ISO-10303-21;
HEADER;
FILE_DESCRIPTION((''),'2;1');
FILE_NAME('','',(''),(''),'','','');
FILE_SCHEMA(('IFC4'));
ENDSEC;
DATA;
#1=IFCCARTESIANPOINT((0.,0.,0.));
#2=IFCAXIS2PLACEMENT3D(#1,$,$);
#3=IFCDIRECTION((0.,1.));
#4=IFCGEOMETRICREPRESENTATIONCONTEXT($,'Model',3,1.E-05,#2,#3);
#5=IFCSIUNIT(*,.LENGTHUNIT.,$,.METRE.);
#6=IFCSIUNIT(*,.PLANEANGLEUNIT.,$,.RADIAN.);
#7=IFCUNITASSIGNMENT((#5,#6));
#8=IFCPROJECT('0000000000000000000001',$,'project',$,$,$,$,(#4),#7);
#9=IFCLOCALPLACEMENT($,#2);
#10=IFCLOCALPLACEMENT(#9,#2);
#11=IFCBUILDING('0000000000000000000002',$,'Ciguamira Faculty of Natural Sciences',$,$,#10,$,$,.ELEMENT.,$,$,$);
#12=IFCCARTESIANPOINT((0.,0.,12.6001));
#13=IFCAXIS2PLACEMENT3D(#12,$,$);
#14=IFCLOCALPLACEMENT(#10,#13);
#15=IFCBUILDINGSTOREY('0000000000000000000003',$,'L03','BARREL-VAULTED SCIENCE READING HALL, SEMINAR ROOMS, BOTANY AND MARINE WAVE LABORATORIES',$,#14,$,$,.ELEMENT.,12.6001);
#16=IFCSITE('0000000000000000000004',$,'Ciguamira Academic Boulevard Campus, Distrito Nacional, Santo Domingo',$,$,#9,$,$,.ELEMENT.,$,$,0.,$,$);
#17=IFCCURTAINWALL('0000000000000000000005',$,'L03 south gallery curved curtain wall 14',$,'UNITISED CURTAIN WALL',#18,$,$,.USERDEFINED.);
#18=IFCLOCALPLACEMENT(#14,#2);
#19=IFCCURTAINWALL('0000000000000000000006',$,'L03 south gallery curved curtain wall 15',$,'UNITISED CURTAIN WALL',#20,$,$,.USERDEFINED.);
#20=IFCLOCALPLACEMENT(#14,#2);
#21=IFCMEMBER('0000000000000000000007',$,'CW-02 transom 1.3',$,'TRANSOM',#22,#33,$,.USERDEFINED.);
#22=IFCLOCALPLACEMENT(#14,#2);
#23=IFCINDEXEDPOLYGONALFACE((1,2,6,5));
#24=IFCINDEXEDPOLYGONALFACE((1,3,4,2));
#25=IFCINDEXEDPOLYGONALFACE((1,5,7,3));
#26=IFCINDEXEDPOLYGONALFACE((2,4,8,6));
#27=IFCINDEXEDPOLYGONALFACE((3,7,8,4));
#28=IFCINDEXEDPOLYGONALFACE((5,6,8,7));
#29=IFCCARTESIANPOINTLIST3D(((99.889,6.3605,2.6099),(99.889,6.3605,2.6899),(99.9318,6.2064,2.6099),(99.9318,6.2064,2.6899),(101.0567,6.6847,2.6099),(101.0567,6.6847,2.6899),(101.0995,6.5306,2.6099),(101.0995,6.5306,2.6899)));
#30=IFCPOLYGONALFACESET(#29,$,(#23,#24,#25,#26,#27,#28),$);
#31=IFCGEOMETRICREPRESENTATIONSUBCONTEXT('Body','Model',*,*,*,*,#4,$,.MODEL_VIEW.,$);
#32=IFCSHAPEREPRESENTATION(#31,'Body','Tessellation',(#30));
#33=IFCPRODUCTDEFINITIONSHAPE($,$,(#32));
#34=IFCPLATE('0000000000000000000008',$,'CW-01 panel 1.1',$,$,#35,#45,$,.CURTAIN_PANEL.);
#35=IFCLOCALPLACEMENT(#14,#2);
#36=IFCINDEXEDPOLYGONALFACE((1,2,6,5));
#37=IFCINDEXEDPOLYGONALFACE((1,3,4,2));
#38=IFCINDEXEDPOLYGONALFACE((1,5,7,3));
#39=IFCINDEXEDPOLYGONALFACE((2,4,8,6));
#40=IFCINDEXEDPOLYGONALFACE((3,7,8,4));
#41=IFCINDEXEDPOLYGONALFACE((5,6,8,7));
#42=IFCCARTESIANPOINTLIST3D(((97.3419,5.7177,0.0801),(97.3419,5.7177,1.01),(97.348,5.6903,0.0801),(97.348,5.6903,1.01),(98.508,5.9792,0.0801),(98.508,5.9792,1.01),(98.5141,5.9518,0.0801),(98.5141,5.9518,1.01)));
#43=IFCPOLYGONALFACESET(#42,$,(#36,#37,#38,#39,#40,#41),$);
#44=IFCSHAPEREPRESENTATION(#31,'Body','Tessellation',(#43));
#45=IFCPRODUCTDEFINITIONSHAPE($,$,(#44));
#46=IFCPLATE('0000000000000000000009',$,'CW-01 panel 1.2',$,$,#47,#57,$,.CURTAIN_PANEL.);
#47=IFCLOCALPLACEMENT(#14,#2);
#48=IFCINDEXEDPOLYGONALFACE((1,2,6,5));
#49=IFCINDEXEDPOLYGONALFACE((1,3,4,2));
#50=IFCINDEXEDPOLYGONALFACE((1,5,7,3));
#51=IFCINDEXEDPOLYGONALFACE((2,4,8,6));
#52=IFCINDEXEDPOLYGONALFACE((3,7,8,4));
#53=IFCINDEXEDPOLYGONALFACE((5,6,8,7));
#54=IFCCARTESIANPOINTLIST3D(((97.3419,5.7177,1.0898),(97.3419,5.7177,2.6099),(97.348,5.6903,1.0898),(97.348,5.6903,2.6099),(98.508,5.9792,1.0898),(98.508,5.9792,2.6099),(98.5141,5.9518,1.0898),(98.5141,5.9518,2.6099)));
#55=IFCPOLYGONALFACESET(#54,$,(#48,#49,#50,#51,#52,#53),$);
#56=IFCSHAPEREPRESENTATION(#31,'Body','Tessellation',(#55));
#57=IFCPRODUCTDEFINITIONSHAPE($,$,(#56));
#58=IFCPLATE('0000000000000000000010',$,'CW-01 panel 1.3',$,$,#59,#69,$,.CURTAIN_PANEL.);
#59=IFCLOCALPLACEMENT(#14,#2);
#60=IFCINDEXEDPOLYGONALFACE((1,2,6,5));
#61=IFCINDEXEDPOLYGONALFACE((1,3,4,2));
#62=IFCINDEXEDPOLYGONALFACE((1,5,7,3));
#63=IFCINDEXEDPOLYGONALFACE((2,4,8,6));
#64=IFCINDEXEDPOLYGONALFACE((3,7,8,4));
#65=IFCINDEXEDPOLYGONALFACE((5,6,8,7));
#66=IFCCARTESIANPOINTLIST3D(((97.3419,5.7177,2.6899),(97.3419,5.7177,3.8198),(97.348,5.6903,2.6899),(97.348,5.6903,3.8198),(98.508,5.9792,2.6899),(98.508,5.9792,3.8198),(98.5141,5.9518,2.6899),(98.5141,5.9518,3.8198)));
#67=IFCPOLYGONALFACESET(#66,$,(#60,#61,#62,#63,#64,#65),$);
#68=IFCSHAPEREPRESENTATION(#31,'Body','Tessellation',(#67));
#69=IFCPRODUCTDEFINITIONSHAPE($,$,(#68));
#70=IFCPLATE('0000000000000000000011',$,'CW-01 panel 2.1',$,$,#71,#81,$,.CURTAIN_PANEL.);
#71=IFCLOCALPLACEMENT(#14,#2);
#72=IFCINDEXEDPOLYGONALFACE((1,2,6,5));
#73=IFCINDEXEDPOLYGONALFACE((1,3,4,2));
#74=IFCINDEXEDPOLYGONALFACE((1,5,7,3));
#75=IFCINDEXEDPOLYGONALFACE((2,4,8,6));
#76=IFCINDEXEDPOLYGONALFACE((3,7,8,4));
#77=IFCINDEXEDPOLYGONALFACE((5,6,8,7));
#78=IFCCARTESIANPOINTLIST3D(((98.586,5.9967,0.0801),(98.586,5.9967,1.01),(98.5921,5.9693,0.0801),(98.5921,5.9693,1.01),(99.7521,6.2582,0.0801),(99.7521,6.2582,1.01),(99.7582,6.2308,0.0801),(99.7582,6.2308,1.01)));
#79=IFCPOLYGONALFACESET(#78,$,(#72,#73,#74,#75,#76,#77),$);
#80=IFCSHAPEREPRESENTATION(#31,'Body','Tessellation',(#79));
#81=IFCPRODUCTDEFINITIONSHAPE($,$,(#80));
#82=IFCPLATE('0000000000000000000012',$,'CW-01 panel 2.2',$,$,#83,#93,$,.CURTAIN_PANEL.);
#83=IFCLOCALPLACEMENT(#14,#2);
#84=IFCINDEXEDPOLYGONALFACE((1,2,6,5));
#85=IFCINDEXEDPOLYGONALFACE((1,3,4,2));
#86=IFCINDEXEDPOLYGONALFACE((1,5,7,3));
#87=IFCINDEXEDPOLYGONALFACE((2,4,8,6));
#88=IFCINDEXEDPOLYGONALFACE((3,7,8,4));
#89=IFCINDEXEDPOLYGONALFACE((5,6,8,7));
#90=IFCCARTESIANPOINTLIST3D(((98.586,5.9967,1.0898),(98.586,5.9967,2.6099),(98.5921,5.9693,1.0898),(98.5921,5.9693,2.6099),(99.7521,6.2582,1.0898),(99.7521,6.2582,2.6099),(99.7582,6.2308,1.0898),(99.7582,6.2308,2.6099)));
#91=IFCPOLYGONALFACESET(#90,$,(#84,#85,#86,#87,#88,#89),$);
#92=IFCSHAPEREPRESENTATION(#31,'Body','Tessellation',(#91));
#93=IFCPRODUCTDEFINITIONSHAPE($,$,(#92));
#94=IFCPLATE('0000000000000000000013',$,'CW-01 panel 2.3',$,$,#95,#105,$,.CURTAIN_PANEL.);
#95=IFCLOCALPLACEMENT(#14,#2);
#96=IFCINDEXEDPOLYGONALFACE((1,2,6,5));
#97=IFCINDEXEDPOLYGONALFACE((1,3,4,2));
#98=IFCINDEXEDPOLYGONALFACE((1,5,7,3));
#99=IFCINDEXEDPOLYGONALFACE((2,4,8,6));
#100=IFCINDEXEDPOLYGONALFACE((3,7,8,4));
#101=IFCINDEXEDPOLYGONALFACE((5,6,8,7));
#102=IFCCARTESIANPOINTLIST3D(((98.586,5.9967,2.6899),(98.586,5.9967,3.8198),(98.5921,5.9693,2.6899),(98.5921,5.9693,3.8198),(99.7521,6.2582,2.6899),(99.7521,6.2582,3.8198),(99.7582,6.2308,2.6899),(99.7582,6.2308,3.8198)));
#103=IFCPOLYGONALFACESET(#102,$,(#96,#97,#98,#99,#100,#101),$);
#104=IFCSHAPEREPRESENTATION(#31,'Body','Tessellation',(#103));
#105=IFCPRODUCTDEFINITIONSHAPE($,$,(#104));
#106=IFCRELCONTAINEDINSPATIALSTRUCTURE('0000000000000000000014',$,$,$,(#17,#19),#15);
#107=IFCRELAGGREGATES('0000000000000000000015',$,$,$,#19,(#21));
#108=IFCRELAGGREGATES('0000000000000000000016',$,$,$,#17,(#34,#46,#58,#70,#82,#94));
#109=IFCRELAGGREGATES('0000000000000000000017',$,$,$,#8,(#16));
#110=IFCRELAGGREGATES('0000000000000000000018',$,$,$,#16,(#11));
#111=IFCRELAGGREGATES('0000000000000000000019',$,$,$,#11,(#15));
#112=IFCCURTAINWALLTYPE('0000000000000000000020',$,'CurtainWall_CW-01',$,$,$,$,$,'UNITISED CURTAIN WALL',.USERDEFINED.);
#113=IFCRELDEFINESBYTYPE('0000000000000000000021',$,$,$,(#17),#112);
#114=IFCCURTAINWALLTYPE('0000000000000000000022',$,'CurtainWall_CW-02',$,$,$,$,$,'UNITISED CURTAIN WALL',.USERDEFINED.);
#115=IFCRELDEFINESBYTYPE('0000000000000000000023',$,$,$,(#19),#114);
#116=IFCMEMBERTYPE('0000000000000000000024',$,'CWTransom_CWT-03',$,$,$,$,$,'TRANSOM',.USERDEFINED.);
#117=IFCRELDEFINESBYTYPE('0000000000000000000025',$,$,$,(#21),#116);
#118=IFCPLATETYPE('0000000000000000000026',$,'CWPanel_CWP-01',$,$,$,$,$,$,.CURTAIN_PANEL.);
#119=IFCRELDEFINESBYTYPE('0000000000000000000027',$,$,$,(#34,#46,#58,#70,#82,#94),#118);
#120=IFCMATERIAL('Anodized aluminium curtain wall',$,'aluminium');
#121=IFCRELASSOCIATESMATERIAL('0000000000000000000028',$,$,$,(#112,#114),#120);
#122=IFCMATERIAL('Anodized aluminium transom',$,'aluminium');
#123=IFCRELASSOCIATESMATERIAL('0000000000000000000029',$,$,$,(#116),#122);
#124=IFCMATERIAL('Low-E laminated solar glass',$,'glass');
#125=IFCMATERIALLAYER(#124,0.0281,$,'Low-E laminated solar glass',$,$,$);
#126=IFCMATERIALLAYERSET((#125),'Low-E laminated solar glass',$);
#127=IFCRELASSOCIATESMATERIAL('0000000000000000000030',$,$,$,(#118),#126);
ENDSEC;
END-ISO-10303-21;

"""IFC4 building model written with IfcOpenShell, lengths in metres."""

from ifc_helpers import new_model, si_unit, direction, frame, origin, origin_2d, place, context, subcontext, project, spatial, rectangle, extrude, material, layer, layer_set, material_profile, profile_set, type_object, element, aggregate, save


model = new_model("IFC4")

# Units and contexts
model_context = context("Model", 3, precision=1e-05, world=origin(), true_north=direction((0.0, 1.0)))
body_context = subcontext(model_context, "Body", "Model", "MODEL_VIEW")
ifc_project = project(units=[si_unit("LENGTHUNIT", "METRE"), si_unit("PLANEANGLEUNIT", "RADIAN")], contexts=[model_context])

# Site, building, storey
site_placement = place(None, origin())
site = spatial("IfcSite", under=ifc_project, at=site_placement, Name="Ciguamira Academic Boulevard Campus, Distrito Nacional, Santo Domingo", CompositionType="ELEMENT", RefElevation=0.0)
building_placement = place(site_placement, origin())
building = spatial("IfcBuilding", under=site, at=building_placement, Name="Ciguamira Faculty of Natural Sciences", CompositionType="ELEMENT")
storey_placement = place(building_placement, frame((0.0, 0.0, 12.6001)))
storey = spatial("IfcBuildingStorey", under=building, at=storey_placement, Name="L03", Description="BARREL-VAULTED SCIENCE READING HALL, SEMINAR ROOMS, BOTANY AND MARINE WAVE LABORATORIES", CompositionType="ELEMENT", Elevation=12.6001)

# Curtain wall
ifc_material_1 = material(Name="Anodized aluminium curtain wall", Category="aluminium")
curtain_wall_type_1 = type_object("IfcCurtainWallType", Name="CurtainWall_CW-01", ElementType="UNITISED CURTAIN WALL", PredefinedType="USERDEFINED", material=ifc_material_1)
curtain_wall_1_placement = place(storey_placement, origin())
curtain_wall_1 = element("IfcCurtainWall", 1, at=curtain_wall_1_placement, inside=storey, type_object=curtain_wall_type_1, Name="L03 south gallery curved curtain wall 14", ObjectType="UNITISED CURTAIN WALL", PredefinedType="USERDEFINED")

# Curtain wall
curtain_wall_type_2 = type_object("IfcCurtainWallType", Name="CurtainWall_CW-02", ElementType="UNITISED CURTAIN WALL", PredefinedType="USERDEFINED", material=ifc_material_1)
curtain_wall_2_placement = place(storey_placement, origin())
curtain_wall_2 = element("IfcCurtainWall", 2, at=curtain_wall_2_placement, inside=storey, type_object=curtain_wall_type_2, Name="L03 south gallery curved curtain wall 15", ObjectType="UNITISED CURTAIN WALL", PredefinedType="USERDEFINED")

# Member
ifc_material_2 = material(Name="Anodized aluminium transom", Category="aluminium")
ifc_material_profile_1 = material_profile(ifc_material_2, rectangle(XDim=0.0801, YDim=0.1599, at=origin_2d()), Name="ALU-TRN-80X160")
ifc_profile_set_1 = profile_set([ifc_material_profile_1], Name="Anodized aluminium transom")
member_type_1 = type_object("IfcMemberType", Name="CWTransom_CWT-03", ElementType="TRANSOM", PredefinedType="USERDEFINED", material=ifc_profile_set_1)
member_1_placement = place(storey_placement, frame((99.9104, 6.2834, 2.6499), z_axis=(0.96355, 0.26753, 0.0), x_axis=(0.0, 0.0, 1.0)))
member_1 = element("IfcMember", 3, at=member_1_placement, type_object=member_type_1, Name="CW-02 transom 1.3", ObjectType="TRANSOM", PredefinedType="USERDEFINED", context=body_context, shape_type="SweptSolid", body=[
    extrude(rectangle(XDim=0.0801, YDim=0.1599, at=origin_2d()), origin(), (0.0, 0.0, 1.0), 1.2119),
])
aggregate(curtain_wall_2, [member_1])

# Plates
ifc_material_3 = material(Name="Low-E laminated solar glass", Category="glass")
ifc_layer = layer(ifc_material_3, 0.0281, Name="Low-E laminated solar glass")
ifc_layer_set = layer_set([ifc_layer], Name="Low-E laminated solar glass")
plate_type = type_object("IfcPlateType", Name="CWPanel_CWP-01", PredefinedType="CURTAIN_PANEL", material=ifc_layer_set)
plate_1_placement = place(storey_placement, frame((97.928, 5.8347, 0.0801), z_axis=(0.0, 0.0, 1.0), x_axis=(0.975763, 0.21883, 0.0)))
plate_1 = element("IfcPlate", 4, at=plate_1_placement, type_object=plate_type, Name="CW-01 panel 1.1", PredefinedType="CURTAIN_PANEL", context=body_context, shape_type="SweptSolid", body=[
    extrude(rectangle(XDim=1.1951, YDim=0.0281, at=origin_2d()), origin(), (0.0, 0.0, 1.0), 0.9299),
])
plate_2_placement = place(storey_placement, frame((97.928, 5.8347, 1.0898), z_axis=(0.0, 0.0, 1.0), x_axis=(0.975763, 0.21883, 0.0)))
plate_2 = element("IfcPlate", 5, at=plate_2_placement, type_object=plate_type, Name="CW-01 panel 1.2", PredefinedType="CURTAIN_PANEL", context=body_context, shape_type="SweptSolid", body=[
    extrude(rectangle(XDim=1.1951, YDim=0.0281, at=origin_2d()), origin(), (0.0, 0.0, 1.0), 1.52),
])
plate_3_placement = place(storey_placement, frame((97.928, 5.8347, 2.6899), z_axis=(0.0, 0.0, 1.0), x_axis=(0.975763, 0.21883, 0.0)))
plate_3 = element("IfcPlate", 6, at=plate_3_placement, type_object=plate_type, Name="CW-01 panel 1.3", PredefinedType="CURTAIN_PANEL", context=body_context, shape_type="SweptSolid", body=[
    extrude(rectangle(XDim=1.1951, YDim=0.0281, at=origin_2d()), origin(), (0.0, 0.0, 1.0), 1.1299),
])
plate_4_placement = place(storey_placement, frame((99.1721, 6.1138, 0.0801), z_axis=(0.0, 0.0, 1.0), x_axis=(0.975763, 0.21883, 0.0)))
plate_4 = element("IfcPlate", 7, at=plate_4_placement, type_object=plate_type, Name="CW-01 panel 2.1", PredefinedType="CURTAIN_PANEL", context=body_context, shape_type="SweptSolid", body=[
    extrude(rectangle(XDim=1.1951, YDim=0.0281, at=origin_2d()), origin(), (0.0, 0.0, 1.0), 0.9299),
])
plate_5_placement = place(storey_placement, frame((99.1721, 6.1138, 1.0898), z_axis=(0.0, 0.0, 1.0), x_axis=(0.975763, 0.21883, 0.0)))
plate_5 = element("IfcPlate", 8, at=plate_5_placement, type_object=plate_type, Name="CW-01 panel 2.2", PredefinedType="CURTAIN_PANEL", context=body_context, shape_type="SweptSolid", body=[
    extrude(rectangle(XDim=1.1951, YDim=0.0281, at=origin_2d()), origin(), (0.0, 0.0, 1.0), 1.52),
])
plate_6_placement = place(storey_placement, frame((99.1721, 6.1138, 2.6899), z_axis=(0.0, 0.0, 1.0), x_axis=(0.975763, 0.21883, 0.0)))
plate_6 = element("IfcPlate", 9, at=plate_6_placement, type_object=plate_type, Name="CW-01 panel 2.3", PredefinedType="CURTAIN_PANEL", context=body_context, shape_type="SweptSolid", body=[
    extrude(rectangle(XDim=1.1951, YDim=0.0281, at=origin_2d()), origin(), (0.0, 0.0, 1.0), 1.1299),
])
aggregate(curtain_wall_1, [plate_1, plate_2, plate_3, plate_4, plate_5, plate_6])

save(model, "model.ifc")
